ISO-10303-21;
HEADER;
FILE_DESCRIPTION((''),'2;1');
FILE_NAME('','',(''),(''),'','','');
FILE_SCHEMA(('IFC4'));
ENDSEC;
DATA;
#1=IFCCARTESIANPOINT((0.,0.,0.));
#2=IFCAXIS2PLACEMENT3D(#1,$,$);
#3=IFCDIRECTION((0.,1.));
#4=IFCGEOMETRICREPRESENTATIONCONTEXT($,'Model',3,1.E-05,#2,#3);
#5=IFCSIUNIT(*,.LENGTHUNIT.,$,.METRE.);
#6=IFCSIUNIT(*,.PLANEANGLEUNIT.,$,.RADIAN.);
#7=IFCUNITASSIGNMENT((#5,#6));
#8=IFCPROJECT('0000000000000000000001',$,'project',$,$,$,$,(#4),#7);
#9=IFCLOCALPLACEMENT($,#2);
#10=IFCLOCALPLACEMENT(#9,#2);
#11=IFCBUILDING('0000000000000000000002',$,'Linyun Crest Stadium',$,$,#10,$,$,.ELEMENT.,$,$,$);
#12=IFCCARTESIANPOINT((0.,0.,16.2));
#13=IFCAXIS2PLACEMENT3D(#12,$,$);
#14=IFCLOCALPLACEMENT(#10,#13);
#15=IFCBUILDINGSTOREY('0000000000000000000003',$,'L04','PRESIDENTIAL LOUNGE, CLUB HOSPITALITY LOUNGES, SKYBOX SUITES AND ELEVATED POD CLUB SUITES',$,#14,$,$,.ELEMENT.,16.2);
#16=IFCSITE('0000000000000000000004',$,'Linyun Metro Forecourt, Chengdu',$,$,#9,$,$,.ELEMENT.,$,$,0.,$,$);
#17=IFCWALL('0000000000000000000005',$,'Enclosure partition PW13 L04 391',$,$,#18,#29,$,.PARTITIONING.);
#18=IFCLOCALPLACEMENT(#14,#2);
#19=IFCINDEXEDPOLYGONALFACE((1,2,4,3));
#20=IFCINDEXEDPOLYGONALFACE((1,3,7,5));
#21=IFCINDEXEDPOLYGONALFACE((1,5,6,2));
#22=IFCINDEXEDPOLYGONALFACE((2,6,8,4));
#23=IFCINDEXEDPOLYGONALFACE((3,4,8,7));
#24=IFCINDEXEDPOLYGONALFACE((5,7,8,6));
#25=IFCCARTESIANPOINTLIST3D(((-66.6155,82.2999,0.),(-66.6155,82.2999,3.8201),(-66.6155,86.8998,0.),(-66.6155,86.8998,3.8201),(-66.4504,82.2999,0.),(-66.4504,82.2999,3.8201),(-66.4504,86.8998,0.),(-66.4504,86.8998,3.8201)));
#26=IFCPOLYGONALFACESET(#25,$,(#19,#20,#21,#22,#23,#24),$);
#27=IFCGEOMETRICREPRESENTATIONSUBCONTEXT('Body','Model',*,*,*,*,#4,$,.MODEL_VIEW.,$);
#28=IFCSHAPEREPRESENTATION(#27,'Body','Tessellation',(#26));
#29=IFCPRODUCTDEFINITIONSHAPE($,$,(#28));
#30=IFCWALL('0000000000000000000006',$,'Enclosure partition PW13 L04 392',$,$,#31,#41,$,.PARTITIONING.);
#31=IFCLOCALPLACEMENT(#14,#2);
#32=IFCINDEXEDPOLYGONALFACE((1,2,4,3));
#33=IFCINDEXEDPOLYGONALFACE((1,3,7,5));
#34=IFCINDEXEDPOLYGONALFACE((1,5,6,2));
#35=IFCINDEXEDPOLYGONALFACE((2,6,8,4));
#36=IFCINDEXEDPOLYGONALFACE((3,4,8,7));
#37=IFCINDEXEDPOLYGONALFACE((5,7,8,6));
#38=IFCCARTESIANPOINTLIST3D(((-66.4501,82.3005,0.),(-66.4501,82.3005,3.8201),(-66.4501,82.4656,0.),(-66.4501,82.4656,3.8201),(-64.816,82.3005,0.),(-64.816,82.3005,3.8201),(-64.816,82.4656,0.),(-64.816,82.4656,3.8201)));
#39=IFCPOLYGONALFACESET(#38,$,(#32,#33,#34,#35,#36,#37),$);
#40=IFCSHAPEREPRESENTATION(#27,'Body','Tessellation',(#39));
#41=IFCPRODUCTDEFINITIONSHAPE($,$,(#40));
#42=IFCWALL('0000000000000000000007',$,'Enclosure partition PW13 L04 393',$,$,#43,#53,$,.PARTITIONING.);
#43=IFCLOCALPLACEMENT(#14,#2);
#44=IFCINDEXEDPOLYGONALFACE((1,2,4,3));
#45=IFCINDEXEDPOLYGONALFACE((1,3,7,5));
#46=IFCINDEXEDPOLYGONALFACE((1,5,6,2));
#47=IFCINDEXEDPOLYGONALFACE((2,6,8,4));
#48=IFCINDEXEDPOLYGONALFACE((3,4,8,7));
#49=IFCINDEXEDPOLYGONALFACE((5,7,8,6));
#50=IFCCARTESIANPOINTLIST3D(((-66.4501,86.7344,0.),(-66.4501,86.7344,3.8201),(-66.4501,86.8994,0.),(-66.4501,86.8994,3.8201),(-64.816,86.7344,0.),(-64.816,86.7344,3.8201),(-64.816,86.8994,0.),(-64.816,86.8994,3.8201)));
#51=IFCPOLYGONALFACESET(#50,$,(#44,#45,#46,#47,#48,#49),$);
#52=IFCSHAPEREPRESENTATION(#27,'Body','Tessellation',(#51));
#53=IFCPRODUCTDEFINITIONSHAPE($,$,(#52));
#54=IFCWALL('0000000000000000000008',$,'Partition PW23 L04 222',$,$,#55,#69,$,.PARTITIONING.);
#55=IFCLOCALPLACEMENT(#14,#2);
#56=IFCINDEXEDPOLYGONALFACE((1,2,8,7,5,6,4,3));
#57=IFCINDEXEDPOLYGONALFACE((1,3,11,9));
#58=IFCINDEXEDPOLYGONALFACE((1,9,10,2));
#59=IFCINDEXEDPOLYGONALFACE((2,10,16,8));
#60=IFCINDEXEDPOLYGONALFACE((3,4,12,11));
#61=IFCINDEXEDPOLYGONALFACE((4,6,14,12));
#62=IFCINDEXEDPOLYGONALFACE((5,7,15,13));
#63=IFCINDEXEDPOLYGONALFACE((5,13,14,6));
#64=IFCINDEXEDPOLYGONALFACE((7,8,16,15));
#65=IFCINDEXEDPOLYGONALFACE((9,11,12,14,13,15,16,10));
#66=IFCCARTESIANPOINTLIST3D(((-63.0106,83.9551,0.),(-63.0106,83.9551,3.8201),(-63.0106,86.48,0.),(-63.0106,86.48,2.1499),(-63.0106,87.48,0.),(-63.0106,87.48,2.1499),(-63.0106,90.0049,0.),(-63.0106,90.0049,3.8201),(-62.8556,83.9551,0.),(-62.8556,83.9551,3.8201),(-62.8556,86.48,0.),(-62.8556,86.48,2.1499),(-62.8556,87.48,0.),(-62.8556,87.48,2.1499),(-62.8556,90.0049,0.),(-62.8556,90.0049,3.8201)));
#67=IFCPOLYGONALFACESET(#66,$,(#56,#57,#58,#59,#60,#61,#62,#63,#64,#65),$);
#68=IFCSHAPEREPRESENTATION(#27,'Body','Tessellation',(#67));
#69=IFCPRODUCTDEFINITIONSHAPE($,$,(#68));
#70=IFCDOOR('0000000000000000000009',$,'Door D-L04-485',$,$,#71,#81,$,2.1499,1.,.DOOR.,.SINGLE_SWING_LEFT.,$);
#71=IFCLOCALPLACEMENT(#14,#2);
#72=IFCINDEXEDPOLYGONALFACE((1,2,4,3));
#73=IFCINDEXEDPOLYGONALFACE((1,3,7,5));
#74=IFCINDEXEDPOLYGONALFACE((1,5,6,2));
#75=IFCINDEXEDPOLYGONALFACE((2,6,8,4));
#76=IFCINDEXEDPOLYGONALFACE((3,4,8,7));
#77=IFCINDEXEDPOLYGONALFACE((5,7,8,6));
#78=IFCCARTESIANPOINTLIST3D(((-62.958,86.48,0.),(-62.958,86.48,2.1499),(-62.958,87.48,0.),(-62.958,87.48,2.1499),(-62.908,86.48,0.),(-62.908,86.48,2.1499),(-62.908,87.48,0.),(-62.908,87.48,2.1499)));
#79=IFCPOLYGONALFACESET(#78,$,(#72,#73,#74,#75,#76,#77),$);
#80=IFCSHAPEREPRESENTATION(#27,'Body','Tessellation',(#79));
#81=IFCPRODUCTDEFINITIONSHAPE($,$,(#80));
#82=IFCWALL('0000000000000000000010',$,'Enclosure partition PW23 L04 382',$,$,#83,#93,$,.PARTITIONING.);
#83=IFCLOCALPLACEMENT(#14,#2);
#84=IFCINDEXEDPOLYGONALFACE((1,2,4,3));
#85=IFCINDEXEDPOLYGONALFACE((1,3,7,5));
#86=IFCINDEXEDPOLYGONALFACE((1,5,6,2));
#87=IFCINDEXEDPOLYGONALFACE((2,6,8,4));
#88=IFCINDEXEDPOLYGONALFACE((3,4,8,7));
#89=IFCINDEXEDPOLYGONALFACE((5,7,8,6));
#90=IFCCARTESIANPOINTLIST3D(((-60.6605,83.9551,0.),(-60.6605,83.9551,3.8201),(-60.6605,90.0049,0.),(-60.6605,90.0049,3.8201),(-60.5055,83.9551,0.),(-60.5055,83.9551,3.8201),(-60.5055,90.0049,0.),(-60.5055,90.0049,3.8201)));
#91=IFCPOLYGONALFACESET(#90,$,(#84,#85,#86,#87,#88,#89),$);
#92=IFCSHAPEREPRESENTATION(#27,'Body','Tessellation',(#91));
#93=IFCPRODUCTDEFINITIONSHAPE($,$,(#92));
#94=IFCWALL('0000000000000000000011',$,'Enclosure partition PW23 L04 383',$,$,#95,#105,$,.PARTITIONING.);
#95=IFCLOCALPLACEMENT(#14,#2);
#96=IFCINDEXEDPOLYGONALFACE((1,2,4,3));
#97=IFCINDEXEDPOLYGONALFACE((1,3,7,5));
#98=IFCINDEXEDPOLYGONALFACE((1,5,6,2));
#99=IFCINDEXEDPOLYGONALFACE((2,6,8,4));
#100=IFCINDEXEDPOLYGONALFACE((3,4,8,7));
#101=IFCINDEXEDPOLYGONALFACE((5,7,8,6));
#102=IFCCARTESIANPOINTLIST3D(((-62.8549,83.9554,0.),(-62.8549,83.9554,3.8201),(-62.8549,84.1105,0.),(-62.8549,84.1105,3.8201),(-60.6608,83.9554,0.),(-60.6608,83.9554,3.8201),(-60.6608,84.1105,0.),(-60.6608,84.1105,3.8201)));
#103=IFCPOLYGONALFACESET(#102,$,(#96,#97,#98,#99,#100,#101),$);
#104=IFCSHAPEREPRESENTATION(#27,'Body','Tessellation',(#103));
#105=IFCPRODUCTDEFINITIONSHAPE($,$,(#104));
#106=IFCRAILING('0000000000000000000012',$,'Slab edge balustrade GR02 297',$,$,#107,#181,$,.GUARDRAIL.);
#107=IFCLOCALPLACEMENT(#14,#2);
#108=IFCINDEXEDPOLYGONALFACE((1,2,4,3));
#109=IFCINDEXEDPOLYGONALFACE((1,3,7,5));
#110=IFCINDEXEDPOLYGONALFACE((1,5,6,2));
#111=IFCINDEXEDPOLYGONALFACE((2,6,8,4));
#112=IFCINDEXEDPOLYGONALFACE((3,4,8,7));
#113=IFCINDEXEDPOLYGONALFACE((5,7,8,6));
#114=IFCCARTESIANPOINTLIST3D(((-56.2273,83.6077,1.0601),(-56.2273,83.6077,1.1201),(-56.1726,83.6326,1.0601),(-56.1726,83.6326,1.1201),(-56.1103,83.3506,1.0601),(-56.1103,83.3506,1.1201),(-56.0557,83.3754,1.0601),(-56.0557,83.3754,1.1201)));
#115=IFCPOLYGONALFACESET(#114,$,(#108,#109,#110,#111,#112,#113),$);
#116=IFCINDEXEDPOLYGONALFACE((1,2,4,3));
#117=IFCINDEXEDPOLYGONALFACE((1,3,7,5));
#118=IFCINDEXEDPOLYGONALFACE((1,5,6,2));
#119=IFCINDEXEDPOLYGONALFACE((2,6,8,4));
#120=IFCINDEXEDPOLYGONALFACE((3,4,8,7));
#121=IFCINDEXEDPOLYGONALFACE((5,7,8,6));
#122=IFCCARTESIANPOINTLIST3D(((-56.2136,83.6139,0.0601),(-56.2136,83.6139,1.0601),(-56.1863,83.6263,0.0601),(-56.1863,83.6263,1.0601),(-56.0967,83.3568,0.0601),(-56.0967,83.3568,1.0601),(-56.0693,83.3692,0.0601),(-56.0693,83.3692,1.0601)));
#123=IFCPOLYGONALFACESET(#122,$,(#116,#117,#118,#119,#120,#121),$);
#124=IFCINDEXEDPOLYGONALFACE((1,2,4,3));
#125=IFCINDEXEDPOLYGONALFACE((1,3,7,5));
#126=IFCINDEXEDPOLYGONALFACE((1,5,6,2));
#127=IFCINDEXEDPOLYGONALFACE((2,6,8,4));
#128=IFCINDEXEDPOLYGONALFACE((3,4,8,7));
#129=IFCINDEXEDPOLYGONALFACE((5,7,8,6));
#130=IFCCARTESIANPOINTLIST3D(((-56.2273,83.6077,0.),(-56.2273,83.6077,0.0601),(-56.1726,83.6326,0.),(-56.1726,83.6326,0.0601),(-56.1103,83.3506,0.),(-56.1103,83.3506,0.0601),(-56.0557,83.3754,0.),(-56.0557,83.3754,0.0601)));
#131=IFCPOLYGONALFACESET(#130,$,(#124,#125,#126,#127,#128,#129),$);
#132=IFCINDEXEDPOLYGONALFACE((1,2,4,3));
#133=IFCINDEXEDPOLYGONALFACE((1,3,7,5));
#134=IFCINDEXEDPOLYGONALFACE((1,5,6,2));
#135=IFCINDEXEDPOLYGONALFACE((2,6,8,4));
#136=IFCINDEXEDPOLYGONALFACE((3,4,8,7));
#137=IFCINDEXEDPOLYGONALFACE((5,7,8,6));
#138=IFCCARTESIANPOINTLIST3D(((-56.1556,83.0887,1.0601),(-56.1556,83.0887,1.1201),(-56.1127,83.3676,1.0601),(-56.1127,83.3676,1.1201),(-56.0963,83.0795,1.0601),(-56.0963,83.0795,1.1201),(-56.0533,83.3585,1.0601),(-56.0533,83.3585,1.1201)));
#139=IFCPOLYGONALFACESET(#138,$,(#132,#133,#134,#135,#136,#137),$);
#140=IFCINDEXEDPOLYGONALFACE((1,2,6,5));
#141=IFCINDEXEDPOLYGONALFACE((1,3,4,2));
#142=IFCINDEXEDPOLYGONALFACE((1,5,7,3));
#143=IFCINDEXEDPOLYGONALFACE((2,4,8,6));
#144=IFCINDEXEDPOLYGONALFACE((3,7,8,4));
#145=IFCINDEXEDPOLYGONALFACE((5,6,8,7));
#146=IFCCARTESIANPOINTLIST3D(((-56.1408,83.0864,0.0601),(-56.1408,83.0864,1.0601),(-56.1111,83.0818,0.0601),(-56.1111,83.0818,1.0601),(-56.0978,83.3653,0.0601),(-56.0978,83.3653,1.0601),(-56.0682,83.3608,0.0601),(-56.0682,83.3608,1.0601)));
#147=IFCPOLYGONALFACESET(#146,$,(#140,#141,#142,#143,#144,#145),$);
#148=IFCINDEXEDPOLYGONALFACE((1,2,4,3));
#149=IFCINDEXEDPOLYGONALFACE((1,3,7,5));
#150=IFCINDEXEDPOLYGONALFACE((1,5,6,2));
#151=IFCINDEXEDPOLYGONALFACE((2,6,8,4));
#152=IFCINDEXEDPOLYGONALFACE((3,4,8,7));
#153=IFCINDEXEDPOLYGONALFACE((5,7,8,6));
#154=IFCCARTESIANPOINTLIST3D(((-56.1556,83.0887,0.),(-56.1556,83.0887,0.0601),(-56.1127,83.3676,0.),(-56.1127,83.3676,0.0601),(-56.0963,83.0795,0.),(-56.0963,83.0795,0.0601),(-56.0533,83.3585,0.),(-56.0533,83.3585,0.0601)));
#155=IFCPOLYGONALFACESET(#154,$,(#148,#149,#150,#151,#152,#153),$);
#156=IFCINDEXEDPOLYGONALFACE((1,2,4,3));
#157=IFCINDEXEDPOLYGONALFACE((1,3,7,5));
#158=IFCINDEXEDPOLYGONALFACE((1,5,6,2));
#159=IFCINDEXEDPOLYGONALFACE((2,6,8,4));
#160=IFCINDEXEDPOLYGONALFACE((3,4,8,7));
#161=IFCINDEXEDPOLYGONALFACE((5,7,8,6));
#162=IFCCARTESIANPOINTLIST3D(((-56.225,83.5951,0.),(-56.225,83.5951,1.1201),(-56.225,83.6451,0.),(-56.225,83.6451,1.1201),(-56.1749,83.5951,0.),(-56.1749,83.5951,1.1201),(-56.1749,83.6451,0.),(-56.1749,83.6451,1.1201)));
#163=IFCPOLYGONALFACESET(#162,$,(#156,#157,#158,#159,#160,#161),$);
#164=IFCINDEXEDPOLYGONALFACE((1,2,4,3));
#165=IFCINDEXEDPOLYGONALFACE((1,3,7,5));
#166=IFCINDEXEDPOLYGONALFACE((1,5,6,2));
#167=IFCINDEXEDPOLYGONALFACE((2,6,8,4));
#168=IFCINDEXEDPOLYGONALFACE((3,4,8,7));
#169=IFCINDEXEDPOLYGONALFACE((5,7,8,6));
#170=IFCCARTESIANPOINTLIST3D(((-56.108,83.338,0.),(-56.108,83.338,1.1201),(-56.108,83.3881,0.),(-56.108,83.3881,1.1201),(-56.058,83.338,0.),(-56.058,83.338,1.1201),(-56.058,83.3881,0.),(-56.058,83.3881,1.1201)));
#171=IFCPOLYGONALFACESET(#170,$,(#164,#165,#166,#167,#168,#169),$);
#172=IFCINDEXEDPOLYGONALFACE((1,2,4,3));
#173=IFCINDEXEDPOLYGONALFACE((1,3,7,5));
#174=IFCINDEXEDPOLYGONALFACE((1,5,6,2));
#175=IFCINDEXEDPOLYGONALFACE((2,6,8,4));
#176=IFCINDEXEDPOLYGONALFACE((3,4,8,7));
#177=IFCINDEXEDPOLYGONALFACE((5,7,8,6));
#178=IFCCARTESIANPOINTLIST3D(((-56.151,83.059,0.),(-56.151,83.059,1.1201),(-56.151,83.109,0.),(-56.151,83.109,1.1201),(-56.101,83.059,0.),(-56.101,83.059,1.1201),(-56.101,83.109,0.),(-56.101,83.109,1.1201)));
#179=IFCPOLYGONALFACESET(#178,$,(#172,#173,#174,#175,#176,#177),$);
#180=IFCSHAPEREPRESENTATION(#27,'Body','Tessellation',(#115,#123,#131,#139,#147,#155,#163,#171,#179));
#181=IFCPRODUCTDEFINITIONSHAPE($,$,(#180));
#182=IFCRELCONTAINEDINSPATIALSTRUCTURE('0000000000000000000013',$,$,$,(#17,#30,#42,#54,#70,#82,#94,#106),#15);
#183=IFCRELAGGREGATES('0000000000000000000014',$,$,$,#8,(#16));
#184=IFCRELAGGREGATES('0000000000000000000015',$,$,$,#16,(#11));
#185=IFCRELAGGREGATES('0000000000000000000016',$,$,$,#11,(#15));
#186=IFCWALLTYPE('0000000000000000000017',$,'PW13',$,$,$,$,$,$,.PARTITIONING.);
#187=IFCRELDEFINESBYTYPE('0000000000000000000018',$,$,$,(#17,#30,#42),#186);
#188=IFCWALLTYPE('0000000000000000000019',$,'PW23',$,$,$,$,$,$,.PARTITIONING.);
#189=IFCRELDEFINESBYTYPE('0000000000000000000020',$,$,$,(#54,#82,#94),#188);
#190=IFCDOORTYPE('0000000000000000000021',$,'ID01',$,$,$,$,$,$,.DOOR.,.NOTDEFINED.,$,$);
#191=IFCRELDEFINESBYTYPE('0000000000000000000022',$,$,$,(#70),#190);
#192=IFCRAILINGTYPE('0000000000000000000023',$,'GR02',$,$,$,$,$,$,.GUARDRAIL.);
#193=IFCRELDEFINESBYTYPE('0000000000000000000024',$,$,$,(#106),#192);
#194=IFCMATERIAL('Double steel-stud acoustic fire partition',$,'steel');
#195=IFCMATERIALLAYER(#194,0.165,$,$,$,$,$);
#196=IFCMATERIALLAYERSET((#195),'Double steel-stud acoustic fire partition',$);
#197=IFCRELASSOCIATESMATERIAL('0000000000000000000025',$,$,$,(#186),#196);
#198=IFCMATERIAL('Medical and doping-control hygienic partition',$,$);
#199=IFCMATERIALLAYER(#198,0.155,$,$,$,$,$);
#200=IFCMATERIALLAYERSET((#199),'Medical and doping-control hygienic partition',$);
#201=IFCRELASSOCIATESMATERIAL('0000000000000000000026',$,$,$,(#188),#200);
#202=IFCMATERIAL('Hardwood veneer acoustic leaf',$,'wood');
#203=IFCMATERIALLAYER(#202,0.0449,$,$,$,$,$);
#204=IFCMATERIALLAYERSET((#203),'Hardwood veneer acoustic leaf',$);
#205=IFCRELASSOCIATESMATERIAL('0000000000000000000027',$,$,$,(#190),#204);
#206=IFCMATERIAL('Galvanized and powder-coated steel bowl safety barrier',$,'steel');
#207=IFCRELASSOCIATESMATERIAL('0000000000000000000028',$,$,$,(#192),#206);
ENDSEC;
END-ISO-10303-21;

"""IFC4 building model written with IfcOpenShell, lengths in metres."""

from ifc_helpers import new_model, si_unit, direction, frame, frame_2d, origin, origin_2d, place, context, subcontext, project, spatial, rectangle, extrude, material, layer, layer_set, type_object, element, fill, save


model = new_model("IFC4")

# Units and contexts
model_context = context("Model", 3, precision=1e-05, world=origin(), true_north=direction((0.0, 1.0)))
body_context = subcontext(model_context, "Body", "Model", "MODEL_VIEW")
ifc_project = project(units=[si_unit("LENGTHUNIT", "METRE"), si_unit("PLANEANGLEUNIT", "RADIAN")], contexts=[model_context])

# Site, building, storey
site_placement = place(None, origin())
site = spatial("IfcSite", under=ifc_project, at=site_placement, Name="Linyun Metro Forecourt, Chengdu", CompositionType="ELEMENT", RefElevation=0.0)
building_placement = place(site_placement, origin())
building = spatial("IfcBuilding", under=site, at=building_placement, Name="Linyun Crest Stadium", CompositionType="ELEMENT")
storey_placement = place(building_placement, frame((0.0, 0.0, 16.2)))
storey = spatial("IfcBuildingStorey", under=building, at=storey_placement, Name="L04", Description="PRESIDENTIAL LOUNGE, CLUB HOSPITALITY LOUNGES, SKYBOX SUITES AND ELEVATED POD CLUB SUITES", CompositionType="ELEMENT", Elevation=16.2)

# Shared definitions
ifc_material_1 = material(Name="Double steel-stud acoustic fire partition", Category="steel")
ifc_layer_1 = layer(ifc_material_1, 0.165)
ifc_layer_set_1 = layer_set([ifc_layer_1], Name="Double steel-stud acoustic fire partition")
wall_type_1 = type_object("IfcWallType", Name="PW13", PredefinedType="PARTITIONING", material=ifc_layer_set_1)

# Walls
wall_1_placement = place(storey_placement, frame((-66.533, 82.3, 0.0), z_axis=(0.0, 0.0, 1.0), x_axis=(0.0, 1.0, 0.0)))
element("IfcWall", 1, at=wall_1_placement, inside=storey, type_object=wall_type_1, Name="Enclosure partition PW13 L04 391", PredefinedType="PARTITIONING", context=body_context, shape_type="SweptSolid", body=[
    extrude(rectangle(XDim=4.5999, YDim=0.165, at=frame_2d((2.2998, 0.0))), origin(), (0.0, 0.0, 1.0), 3.8201),
])
for number, where, z_axis, x_axis, name in (
    (2, (-66.45, 82.3831, 0.0), (0.0, 0.0, 1.0), (1.0, 0.0, 0.0), "Enclosure partition PW13 L04 392"),
    (3, (-66.45, 86.8169, 0.0), (0.0, 0.0, 1.0), (1.0, 0.0, 0.0), "Enclosure partition PW13 L04 393"),
):
    element("IfcWall", number, at=place(storey_placement, frame(where, z_axis=z_axis, x_axis=x_axis)), inside=storey, type_object=wall_type_1, Name=name, PredefinedType="PARTITIONING", context=body_context, shape_type="SweptSolid", body=[
        extrude(rectangle(XDim=1.634, YDim=0.165, at=frame_2d((0.8169, 0.0))), origin(), (0.0, 0.0, 1.0), 3.8201),
    ])

# Wall, opening, door
ifc_material_2 = material(Name="Medical and doping-control hygienic partition")
ifc_layer_2 = layer(ifc_material_2, 0.155)
ifc_layer_set_2 = layer_set([ifc_layer_2], Name="Medical and doping-control hygienic partition")
wall_type_2 = type_object("IfcWallType", Name="PW23", PredefinedType="PARTITIONING", material=ifc_layer_set_2)
wall_2_placement = place(storey_placement, frame((-62.9331, 83.9551, 0.0), z_axis=(0.0, 0.0, 1.0), x_axis=(0.0, 1.0, 0.0)))
wall_2 = element("IfcWall", 4, at=wall_2_placement, inside=storey, type_object=wall_type_2, Name="Partition PW23 L04 222", PredefinedType="PARTITIONING", context=body_context, shape_type="SweptSolid", body=[
    extrude(rectangle(XDim=6.0498, YDim=0.155, at=frame_2d((3.0249, 0.0))), origin(), (0.0, 0.0, 1.0), 3.8201),
])
opening_1_placement = place(wall_2_placement, frame((2.5249, 0.0, 0.0)))
opening_1 = element("IfcOpeningElement", 5, at=opening_1_placement, cuts=wall_2, PredefinedType="OPENING", context=body_context, shape_type="SweptSolid", body=[
    extrude(rectangle(XDim=1.0, YDim=2.1499, at=frame_2d((0.5, 1.075))), frame((0.0, 0.0874, 0.0), z_axis=(0.0, -1.0, 0.0), x_axis=(1.0, 0.0, 0.0)), (0.0, 0.0, 1.0), 0.175),
])
ifc_material_3 = material(Name="Hardwood veneer acoustic leaf", Category="wood")
ifc_layer_3 = layer(ifc_material_3, 0.0449)
ifc_layer_set_3 = layer_set([ifc_layer_3], Name="Hardwood veneer acoustic leaf")
door_type_1 = type_object("IfcDoorType", Name="ID01", OperationType="NOTDEFINED", PredefinedType="DOOR", material=ifc_layer_set_3)
door_1_placement = place(opening_1_placement, origin())
door_1 = element("IfcDoor", 6, at=door_1_placement, inside=storey, type_object=door_type_1, Name="Door D-L04-485", OperationType="SINGLE_SWING_LEFT", OverallHeight=2.1499, OverallWidth=1.0, PredefinedType="DOOR", context=body_context, shape_type="SweptSolid", body=[
    extrude(rectangle(XDim=1.0, YDim=2.1499, at=frame_2d((0.5, 1.075))), frame((0.0, 0.0249, 0.0), z_axis=(0.0, -1.0, 0.0), x_axis=(1.0, 0.0, 0.0)), (0.0, 0.0, 1.0), 0.05),
])
fill(opening_1, door_1)

# Walls
wall_3_placement = place(storey_placement, frame((-60.583, 83.9551, 0.0), z_axis=(0.0, 0.0, 1.0), x_axis=(0.0, 1.0, 0.0)))
element("IfcWall", 7, at=wall_3_placement, inside=storey, type_object=wall_type_2, Name="Enclosure partition PW23 L04 382", PredefinedType="PARTITIONING", context=body_context, shape_type="SweptSolid", body=[
    extrude(rectangle(XDim=6.0498, YDim=0.155, at=frame_2d((3.0249, 0.0))), origin(), (0.0, 0.0, 1.0), 3.8201),
])
wall_4_placement = place(storey_placement, frame((-62.855, 84.033, 0.0), z_axis=(0.0, 0.0, 1.0), x_axis=(1.0, 0.0, 0.0)))
element("IfcWall", 8, at=wall_4_placement, inside=storey, type_object=wall_type_2, Name="Enclosure partition PW23 L04 383", PredefinedType="PARTITIONING", context=body_context, shape_type="SweptSolid", body=[
    extrude(rectangle(XDim=2.1941, YDim=0.155, at=frame_2d((1.0972, 0.0))), origin(), (0.0, 0.0, 1.0), 3.8201),
])

# Railing
ifc_material_4 = material(Name="Galvanized and powder-coated steel bowl safety barrier", Category="steel")
railing_type = type_object("IfcRailingType", Name="GR02", PredefinedType="GUARDRAIL", material=ifc_material_4)
railing_placement = place(storey_placement, frame((-56.2, 83.6201, 0.0)))
element("IfcRailing", 9, at=railing_placement, inside=storey, type_object=railing_type, Name="Slab edge balustrade GR02 297", PredefinedType="GUARDRAIL", context=body_context, shape_type="SweptSolid", body=[
    extrude(rectangle(XDim=0.0601, YDim=0.0601, at=origin_2d()), frame((0.0, 0.0, 1.0901), z_axis=(0.414063, -0.910248, 0.0), x_axis=(0.910248, 0.414063, 0.0)), (0.0, 0.0, 1.0), 0.2825),
    extrude(rectangle(XDim=0.03, YDim=1.0, at=origin_2d()), frame((0.0, 0.0, 0.5601), z_axis=(0.414063, -0.910248, 0.0), x_axis=(0.910248, 0.414063, 0.0)), (0.0, 0.0, 1.0), 0.2825),
    extrude(rectangle(XDim=0.0601, YDim=0.0601, at=origin_2d()), frame((0.0, 0.0, 0.03), z_axis=(0.414063, -0.910248, 0.0), x_axis=(0.910248, 0.414063, 0.0)), (0.0, 0.0, 1.0), 0.2825),
    extrude(rectangle(XDim=0.0601, YDim=0.0601, at=origin_2d()), frame((0.1169, -0.2571, 1.0901), z_axis=(-0.152187, -0.988352, 0.0), x_axis=(0.988352, -0.152187, 0.0)), (0.0, 0.0, 1.0), 0.2822),
    extrude(rectangle(XDim=0.03, YDim=1.0, at=origin_2d()), frame((0.1169, -0.2571, 0.5601), z_axis=(-0.152187, -0.988352, 0.0), x_axis=(0.988352, -0.152187, 0.0)), (0.0, 0.0, 1.0), 0.2822),
    extrude(rectangle(XDim=0.0601, YDim=0.0601, at=origin_2d()), frame((0.1169, -0.2571, 0.03), z_axis=(-0.152187, -0.988352, 0.0), x_axis=(0.988352, -0.152187, 0.0)), (0.0, 0.0, 1.0), 0.2822),
    extrude(rectangle(XDim=0.05, YDim=0.05, at=origin_2d()), origin(), (0.0, 0.0, 1.0), 1.1201),
    extrude(rectangle(XDim=0.05, YDim=0.05, at=origin_2d()), frame((0.1169, -0.2571, 0.0)), (0.0, 0.0, 1.0), 1.1201),
    extrude(rectangle(XDim=0.05, YDim=0.05, at=origin_2d()), frame((0.074, -0.5361, 0.0)), (0.0, 0.0, 1.0), 1.1201),
])

save(model, "model.ifc")
